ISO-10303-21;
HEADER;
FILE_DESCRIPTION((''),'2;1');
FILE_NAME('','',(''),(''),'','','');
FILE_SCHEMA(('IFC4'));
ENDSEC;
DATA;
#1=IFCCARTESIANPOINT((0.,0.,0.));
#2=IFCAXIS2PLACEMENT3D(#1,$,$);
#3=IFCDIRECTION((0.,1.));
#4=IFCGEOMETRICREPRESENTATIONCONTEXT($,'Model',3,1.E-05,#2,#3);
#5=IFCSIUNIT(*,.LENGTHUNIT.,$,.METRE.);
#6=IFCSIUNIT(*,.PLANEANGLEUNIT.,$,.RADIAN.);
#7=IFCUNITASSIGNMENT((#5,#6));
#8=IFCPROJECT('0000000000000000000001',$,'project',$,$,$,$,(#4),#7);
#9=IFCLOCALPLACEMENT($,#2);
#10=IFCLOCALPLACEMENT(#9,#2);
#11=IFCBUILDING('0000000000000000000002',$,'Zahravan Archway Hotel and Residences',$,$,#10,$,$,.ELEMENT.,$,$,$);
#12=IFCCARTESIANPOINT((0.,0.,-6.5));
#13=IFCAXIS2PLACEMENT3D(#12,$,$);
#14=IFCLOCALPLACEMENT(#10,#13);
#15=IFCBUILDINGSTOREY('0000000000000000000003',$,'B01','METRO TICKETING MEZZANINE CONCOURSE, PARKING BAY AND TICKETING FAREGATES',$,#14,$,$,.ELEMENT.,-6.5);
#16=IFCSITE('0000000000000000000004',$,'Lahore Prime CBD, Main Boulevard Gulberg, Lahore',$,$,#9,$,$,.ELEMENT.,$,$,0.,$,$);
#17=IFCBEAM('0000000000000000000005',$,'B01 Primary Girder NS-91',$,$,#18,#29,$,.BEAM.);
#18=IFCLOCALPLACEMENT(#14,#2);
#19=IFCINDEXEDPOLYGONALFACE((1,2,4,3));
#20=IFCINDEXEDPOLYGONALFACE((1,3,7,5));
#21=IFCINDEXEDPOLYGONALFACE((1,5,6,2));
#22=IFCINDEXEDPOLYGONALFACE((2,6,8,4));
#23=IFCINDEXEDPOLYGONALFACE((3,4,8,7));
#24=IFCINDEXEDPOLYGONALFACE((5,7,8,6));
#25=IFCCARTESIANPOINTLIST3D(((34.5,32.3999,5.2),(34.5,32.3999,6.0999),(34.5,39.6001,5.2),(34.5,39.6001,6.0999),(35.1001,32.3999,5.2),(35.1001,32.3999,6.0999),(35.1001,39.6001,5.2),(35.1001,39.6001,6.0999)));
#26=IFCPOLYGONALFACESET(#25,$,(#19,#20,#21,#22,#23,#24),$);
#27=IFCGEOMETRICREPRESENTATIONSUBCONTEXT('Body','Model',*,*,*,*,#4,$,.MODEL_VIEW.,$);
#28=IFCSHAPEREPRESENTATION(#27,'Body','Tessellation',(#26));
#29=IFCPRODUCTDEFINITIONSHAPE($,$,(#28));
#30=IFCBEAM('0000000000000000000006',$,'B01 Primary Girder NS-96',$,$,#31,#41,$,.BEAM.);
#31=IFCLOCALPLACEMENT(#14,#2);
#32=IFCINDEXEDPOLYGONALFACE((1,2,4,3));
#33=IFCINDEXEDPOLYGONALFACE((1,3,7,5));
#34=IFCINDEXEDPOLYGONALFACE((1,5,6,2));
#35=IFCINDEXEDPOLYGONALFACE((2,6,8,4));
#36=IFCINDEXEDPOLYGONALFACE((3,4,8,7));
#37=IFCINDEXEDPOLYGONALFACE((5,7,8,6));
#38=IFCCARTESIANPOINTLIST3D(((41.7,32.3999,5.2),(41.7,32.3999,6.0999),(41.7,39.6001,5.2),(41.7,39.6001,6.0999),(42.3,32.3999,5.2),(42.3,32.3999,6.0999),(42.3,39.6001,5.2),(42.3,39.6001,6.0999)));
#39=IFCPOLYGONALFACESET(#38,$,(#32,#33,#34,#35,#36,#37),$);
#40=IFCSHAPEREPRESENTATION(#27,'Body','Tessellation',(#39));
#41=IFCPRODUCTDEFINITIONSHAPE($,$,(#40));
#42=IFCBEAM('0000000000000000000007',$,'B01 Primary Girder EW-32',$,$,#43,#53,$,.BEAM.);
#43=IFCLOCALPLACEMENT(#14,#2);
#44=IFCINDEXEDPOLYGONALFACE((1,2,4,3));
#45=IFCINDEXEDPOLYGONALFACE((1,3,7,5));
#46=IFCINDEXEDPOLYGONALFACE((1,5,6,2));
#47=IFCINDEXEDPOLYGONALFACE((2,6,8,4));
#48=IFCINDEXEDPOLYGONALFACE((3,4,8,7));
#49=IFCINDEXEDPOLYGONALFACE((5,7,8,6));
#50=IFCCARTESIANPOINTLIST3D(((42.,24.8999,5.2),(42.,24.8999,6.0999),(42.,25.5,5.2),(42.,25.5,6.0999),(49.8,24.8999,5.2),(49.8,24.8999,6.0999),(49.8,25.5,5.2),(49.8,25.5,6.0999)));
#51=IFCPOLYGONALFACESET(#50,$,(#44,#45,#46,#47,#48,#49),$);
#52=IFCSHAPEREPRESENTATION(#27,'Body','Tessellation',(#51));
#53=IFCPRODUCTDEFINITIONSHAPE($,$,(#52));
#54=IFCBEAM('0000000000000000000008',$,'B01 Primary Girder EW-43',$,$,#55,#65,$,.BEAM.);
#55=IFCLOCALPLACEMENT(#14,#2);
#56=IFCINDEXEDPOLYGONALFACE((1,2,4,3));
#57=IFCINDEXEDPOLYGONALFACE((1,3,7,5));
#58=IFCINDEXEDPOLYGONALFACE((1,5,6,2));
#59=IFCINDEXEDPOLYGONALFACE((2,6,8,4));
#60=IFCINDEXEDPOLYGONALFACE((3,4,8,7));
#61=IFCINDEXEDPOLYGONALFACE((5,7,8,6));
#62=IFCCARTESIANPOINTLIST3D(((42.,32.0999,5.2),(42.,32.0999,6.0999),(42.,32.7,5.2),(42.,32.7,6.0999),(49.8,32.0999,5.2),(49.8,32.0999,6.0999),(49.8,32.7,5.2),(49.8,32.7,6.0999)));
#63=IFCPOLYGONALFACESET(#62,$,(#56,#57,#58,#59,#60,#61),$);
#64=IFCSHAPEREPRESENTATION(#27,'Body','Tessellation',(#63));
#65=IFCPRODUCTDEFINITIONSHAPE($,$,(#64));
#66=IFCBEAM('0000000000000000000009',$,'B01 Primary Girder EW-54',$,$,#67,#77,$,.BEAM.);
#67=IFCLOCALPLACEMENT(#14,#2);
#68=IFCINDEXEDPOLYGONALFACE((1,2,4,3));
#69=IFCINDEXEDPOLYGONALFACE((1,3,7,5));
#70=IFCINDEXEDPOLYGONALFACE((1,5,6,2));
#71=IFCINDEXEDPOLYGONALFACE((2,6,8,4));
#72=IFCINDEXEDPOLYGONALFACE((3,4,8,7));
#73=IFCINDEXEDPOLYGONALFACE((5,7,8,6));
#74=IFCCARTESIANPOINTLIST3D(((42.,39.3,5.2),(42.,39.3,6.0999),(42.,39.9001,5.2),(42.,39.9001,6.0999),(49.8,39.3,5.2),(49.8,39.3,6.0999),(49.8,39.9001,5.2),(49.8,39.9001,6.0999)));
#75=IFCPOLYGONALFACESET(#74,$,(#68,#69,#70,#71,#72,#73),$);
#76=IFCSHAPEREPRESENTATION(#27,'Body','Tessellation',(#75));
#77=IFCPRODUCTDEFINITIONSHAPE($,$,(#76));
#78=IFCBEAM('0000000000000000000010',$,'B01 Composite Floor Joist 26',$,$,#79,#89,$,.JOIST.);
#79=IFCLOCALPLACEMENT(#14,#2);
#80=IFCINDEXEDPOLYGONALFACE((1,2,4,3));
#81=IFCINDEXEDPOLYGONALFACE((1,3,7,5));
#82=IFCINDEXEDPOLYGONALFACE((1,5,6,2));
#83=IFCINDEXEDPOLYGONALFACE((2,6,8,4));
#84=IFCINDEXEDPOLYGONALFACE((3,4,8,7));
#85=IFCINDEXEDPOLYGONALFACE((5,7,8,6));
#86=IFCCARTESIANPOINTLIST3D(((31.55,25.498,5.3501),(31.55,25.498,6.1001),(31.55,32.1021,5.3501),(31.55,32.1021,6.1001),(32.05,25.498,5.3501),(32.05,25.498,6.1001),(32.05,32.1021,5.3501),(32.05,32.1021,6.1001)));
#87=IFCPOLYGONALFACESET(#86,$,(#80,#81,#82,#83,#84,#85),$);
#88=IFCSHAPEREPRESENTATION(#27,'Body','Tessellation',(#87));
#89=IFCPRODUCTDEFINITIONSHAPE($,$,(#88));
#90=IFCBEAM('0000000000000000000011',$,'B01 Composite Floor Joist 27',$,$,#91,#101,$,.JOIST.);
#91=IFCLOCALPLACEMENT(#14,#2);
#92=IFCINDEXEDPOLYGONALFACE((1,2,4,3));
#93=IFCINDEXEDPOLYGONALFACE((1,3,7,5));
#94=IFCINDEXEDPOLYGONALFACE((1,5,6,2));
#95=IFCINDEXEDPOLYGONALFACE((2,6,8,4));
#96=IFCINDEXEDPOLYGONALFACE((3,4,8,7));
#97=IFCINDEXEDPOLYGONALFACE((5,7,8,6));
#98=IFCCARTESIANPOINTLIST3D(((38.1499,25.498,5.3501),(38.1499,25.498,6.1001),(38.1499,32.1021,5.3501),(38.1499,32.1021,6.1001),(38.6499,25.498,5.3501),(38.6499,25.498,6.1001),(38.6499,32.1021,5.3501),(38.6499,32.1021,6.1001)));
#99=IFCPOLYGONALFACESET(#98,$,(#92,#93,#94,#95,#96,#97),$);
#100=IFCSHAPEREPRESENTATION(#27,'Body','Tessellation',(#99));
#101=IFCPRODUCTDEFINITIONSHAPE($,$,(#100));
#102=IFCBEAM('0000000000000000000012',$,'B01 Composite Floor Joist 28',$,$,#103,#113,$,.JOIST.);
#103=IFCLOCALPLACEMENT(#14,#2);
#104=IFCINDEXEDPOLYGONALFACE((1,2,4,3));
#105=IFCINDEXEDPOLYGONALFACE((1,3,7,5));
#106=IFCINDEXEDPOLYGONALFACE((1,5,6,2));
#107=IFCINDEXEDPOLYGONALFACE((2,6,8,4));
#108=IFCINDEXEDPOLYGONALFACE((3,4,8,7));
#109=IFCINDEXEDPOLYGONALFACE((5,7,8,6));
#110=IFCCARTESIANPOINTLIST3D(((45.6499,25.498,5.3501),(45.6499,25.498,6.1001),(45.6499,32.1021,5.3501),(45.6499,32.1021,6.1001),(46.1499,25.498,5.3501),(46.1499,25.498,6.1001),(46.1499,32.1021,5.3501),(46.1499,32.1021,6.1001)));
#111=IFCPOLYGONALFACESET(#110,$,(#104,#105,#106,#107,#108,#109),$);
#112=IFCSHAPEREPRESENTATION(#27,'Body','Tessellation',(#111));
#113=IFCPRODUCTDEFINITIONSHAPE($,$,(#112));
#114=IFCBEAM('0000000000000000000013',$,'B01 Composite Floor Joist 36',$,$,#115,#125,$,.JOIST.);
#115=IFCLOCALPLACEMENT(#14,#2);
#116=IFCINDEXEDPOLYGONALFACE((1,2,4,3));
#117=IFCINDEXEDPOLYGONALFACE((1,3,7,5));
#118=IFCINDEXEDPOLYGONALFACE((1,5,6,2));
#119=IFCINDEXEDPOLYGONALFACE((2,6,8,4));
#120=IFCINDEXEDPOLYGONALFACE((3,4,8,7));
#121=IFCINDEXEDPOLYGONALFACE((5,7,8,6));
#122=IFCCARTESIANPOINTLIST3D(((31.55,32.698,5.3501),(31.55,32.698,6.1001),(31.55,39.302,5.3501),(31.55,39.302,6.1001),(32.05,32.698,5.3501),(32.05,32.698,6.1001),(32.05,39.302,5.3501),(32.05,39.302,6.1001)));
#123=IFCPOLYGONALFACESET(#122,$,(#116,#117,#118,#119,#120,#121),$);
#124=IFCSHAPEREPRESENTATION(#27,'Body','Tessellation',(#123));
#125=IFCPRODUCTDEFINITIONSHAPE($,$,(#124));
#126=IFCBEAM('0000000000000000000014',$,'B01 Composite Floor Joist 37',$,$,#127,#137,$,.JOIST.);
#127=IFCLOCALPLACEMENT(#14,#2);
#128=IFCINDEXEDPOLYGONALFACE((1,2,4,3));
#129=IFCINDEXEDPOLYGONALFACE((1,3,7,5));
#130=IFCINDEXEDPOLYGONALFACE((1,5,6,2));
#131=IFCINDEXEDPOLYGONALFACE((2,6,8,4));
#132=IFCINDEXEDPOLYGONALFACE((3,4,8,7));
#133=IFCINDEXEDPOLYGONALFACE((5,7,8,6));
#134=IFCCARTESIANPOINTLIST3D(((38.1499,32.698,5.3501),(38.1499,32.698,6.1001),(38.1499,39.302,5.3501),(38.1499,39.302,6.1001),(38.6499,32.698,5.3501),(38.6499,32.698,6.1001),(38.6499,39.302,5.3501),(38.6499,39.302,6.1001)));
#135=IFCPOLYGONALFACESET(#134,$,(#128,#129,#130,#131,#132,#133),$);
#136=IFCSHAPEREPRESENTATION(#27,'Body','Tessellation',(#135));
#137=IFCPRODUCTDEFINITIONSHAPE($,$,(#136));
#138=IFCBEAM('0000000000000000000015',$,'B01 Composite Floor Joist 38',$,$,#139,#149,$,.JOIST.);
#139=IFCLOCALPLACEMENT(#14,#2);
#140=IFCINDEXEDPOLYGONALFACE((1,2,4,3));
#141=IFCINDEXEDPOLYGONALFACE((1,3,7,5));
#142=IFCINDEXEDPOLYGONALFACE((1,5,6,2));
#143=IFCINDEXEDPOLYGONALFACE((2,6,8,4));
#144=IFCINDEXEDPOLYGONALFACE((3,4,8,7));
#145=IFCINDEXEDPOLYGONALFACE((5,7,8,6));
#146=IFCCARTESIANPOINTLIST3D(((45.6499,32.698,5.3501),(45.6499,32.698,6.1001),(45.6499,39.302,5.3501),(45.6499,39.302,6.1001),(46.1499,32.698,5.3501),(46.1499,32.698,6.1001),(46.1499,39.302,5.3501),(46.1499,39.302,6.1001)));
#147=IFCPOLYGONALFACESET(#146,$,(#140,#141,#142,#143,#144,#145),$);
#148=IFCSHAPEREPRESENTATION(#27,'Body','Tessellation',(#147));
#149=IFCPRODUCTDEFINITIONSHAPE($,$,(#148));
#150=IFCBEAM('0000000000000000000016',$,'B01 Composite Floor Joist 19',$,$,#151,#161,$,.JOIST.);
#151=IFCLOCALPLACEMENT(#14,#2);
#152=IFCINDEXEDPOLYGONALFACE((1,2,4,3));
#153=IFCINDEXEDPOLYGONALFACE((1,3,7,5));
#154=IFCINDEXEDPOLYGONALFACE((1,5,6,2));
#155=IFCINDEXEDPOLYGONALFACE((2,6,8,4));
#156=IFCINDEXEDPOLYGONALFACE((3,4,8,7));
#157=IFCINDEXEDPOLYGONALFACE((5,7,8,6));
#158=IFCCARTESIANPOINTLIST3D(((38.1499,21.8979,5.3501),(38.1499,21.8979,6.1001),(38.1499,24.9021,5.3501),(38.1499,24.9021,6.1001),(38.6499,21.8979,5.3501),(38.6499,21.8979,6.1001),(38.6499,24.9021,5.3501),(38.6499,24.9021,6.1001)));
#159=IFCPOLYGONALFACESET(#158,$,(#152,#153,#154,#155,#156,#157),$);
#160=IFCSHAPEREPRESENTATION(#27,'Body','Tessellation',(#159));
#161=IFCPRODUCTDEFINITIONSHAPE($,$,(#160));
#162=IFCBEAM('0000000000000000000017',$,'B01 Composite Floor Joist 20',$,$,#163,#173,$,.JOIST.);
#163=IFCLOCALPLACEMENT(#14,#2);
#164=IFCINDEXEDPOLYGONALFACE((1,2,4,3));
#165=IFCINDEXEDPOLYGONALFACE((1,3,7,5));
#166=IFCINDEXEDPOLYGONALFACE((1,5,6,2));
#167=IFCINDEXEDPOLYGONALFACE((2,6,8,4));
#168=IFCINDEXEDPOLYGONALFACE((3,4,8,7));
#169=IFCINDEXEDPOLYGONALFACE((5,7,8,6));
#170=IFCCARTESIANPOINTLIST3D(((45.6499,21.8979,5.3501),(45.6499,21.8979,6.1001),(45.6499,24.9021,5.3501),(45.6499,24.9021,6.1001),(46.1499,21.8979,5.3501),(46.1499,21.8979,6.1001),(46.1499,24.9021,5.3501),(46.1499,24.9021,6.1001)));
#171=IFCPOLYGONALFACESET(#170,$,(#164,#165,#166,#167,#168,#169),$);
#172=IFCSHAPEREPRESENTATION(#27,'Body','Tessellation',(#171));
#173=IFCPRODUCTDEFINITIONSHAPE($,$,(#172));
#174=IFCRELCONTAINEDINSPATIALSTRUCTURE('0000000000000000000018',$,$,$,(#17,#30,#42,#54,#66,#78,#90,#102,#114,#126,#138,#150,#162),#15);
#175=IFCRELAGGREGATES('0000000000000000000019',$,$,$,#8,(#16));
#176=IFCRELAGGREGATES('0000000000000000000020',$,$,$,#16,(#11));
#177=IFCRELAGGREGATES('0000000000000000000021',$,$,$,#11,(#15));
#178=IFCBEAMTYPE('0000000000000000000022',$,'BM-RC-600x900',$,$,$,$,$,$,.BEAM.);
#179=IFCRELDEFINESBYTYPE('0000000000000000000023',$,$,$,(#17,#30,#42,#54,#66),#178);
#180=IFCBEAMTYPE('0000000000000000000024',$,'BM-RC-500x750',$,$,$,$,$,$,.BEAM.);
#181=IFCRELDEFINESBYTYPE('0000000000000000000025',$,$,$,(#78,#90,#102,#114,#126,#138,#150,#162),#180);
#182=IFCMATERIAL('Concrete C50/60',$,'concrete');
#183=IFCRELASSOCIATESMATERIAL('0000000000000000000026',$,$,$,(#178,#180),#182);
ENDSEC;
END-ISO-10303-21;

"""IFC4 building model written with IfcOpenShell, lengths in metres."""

from ifc_helpers import new_model, si_unit, direction, frame, origin, origin_2d, place, context, subcontext, project, spatial, rectangle, extrude, source, transform, mapped, material, material_profile, profile_set, type_object, type_shapes, element, save


model = new_model("IFC4")

# Units and contexts
model_context = context("Model", 3, precision=1e-05, world=origin(), true_north=direction((0.0, 1.0)))
body_context = subcontext(model_context, "Body", "Model", "MODEL_VIEW")
ifc_project = project(units=[si_unit("LENGTHUNIT", "METRE"), si_unit("PLANEANGLEUNIT", "RADIAN")], contexts=[model_context])

# Site, building, storey
site_placement = place(None, origin())
site = spatial("IfcSite", under=ifc_project, at=site_placement, Name="Lahore Prime CBD, Main Boulevard Gulberg, Lahore", CompositionType="ELEMENT", RefElevation=0.0)
building_placement = place(site_placement, origin())
building = spatial("IfcBuilding", under=site, at=building_placement, Name="Zahravan Archway Hotel and Residences", CompositionType="ELEMENT")
storey_placement = place(building_placement, frame((0.0, 0.0, -6.5)))
storey = spatial("IfcBuildingStorey", under=building, at=storey_placement, Name="B01", Description="METRO TICKETING MEZZANINE CONCOURSE, PARKING BAY AND TICKETING FAREGATES", CompositionType="ELEMENT", Elevation=-6.5)

# Shared definitions
ifc_material_1 = material(Name="Concrete C50/60", Category="concrete")

# Beams
ifc_material_profile_1 = material_profile(ifc_material_1, rectangle(XDim=0.6001, YDim=0.8999, at=origin_2d()), Name="RC-BM-600x900", Category="concrete")
ifc_profile_set_1 = profile_set([ifc_material_profile_1], Name="Concrete C50/60")
beam_type_1 = type_object("IfcBeamType", Name="BM-RC-600x900", PredefinedType="BEAM", material=ifc_profile_set_1)
shared_shape_1 = source(origin(), body_context, "Body", "SweptSolid", [
    extrude(rectangle(XDim=0.6001, YDim=0.8999, at=origin_2d()), origin(), (0.0, 0.0, 1.0), 7.2002),
])
for number, where, z_axis, x_axis, name in (
    (1, (34.8, 32.3999, 5.6499), (0.0, 1.0, 0.0), (-1.0, 0.0, 0.0), "B01 Primary Girder NS-91"),
    (2, (42.0, 32.3999, 5.6499), (0.0, 1.0, 0.0), (-1.0, 0.0, 0.0), "B01 Primary Girder NS-96"),
):
    element("IfcBeam", number, at=place(storey_placement, frame(where, z_axis=z_axis, x_axis=x_axis)), inside=storey, type_object=beam_type_1, Name=name, PredefinedType="BEAM", context=body_context, shape_type="MappedRepresentation", body=[
        mapped(shared_shape_1, transform((0.0, 0.0, 0.0), scale=1.0)),
    ])
shared_shape_2 = source(origin(), body_context, "Body", "SweptSolid", [
    extrude(rectangle(XDim=0.6001, YDim=0.8999, at=origin_2d()), origin(), (0.0, 0.0, 1.0), 7.8),
])
for number, where, z_axis, x_axis, name in (
    (3, (42.0, 25.2, 5.6499), (1.0, 0.0, 0.0), (0.0, 1.0, 0.0), "B01 Primary Girder EW-32"),
    (4, (42.0, 32.3999, 5.6499), (1.0, 0.0, 0.0), (0.0, 1.0, 0.0), "B01 Primary Girder EW-43"),
    (5, (42.0, 39.6001, 5.6499), (1.0, 0.0, 0.0), (0.0, 1.0, 0.0), "B01 Primary Girder EW-54"),
):
    element("IfcBeam", number, at=place(storey_placement, frame(where, z_axis=z_axis, x_axis=x_axis)), inside=storey, type_object=beam_type_1, Name=name, PredefinedType="BEAM", context=body_context, shape_type="MappedRepresentation", body=[
        mapped(shared_shape_2, transform((0.0, 0.0, 0.0), scale=1.0)),
    ])
ifc_material_profile_2 = material_profile(ifc_material_1, rectangle(XDim=0.5, YDim=0.75, at=origin_2d()), Name="RC-BM-500x750", Category="concrete")
ifc_profile_set_2 = profile_set([ifc_material_profile_2], Name="Concrete C50/60")
beam_type_2 = type_object("IfcBeamType", Name="BM-RC-500x750", PredefinedType="BEAM", material=ifc_profile_set_2)
shared_shape_3 = source(origin(), body_context, "Body", "SweptSolid", [
    extrude(rectangle(XDim=0.5, YDim=0.75, at=origin_2d()), origin(), (0.0, 0.0, 1.0), 6.604),
])
type_shapes(beam_type_2, [shared_shape_3])
for number, where, z_axis, x_axis, name in (
    (6, (31.8, 25.498, 5.7251), (0.0, 1.0, 0.0), (-1.0, 0.0, 0.0), "B01 Composite Floor Joist 26"),
    (7, (38.3999, 25.498, 5.7251), (0.0, 1.0, 0.0), (-1.0, 0.0, 0.0), "B01 Composite Floor Joist 27"),
    (8, (45.8999, 25.498, 5.7251), (0.0, 1.0, 0.0), (-1.0, 0.0, 0.0), "B01 Composite Floor Joist 28"),
    (9, (31.8, 32.698, 5.7251), (0.0, 1.0, 0.0), (-1.0, 0.0, 0.0), "B01 Composite Floor Joist 36"),
    (10, (38.3999, 32.698, 5.7251), (0.0, 1.0, 0.0), (-1.0, 0.0, 0.0), "B01 Composite Floor Joist 37"),
    (11, (45.8999, 32.698, 5.7251), (0.0, 1.0, 0.0), (-1.0, 0.0, 0.0), "B01 Composite Floor Joist 38"),
):
    element("IfcBeam", number, at=place(storey_placement, frame(where, z_axis=z_axis, x_axis=x_axis)), inside=storey, type_object=beam_type_2, Name=name, PredefinedType="JOIST", context=body_context, shape_type="MappedRepresentation", body=[
        mapped(shared_shape_3, transform((0.0, 0.0, 0.0), scale=1.0)),
    ])
shared_shape_4 = source(origin(), body_context, "Body", "SweptSolid", [
    extrude(rectangle(XDim=0.5, YDim=0.75, at=origin_2d()), origin(), (0.0, 0.0, 1.0), 3.0042),
])
for number, where, z_axis, x_axis, name in (
    (12, (38.3999, 21.8979, 5.7251), (0.0, 1.0, 0.0), (-1.0, 0.0, 0.0), "B01 Composite Floor Joist 19"),
    (13, (45.8999, 21.8979, 5.7251), (0.0, 1.0, 0.0), (-1.0, 0.0, 0.0), "B01 Composite Floor Joist 20"),
):
    element("IfcBeam", number, at=place(storey_placement, frame(where, z_axis=z_axis, x_axis=x_axis)), inside=storey, type_object=beam_type_2, Name=name, PredefinedType="JOIST", context=body_context, shape_type="MappedRepresentation", body=[
        mapped(shared_shape_4, transform((0.0, 0.0, 0.0), scale=1.0)),
    ])

save(model, "model.ifc")
